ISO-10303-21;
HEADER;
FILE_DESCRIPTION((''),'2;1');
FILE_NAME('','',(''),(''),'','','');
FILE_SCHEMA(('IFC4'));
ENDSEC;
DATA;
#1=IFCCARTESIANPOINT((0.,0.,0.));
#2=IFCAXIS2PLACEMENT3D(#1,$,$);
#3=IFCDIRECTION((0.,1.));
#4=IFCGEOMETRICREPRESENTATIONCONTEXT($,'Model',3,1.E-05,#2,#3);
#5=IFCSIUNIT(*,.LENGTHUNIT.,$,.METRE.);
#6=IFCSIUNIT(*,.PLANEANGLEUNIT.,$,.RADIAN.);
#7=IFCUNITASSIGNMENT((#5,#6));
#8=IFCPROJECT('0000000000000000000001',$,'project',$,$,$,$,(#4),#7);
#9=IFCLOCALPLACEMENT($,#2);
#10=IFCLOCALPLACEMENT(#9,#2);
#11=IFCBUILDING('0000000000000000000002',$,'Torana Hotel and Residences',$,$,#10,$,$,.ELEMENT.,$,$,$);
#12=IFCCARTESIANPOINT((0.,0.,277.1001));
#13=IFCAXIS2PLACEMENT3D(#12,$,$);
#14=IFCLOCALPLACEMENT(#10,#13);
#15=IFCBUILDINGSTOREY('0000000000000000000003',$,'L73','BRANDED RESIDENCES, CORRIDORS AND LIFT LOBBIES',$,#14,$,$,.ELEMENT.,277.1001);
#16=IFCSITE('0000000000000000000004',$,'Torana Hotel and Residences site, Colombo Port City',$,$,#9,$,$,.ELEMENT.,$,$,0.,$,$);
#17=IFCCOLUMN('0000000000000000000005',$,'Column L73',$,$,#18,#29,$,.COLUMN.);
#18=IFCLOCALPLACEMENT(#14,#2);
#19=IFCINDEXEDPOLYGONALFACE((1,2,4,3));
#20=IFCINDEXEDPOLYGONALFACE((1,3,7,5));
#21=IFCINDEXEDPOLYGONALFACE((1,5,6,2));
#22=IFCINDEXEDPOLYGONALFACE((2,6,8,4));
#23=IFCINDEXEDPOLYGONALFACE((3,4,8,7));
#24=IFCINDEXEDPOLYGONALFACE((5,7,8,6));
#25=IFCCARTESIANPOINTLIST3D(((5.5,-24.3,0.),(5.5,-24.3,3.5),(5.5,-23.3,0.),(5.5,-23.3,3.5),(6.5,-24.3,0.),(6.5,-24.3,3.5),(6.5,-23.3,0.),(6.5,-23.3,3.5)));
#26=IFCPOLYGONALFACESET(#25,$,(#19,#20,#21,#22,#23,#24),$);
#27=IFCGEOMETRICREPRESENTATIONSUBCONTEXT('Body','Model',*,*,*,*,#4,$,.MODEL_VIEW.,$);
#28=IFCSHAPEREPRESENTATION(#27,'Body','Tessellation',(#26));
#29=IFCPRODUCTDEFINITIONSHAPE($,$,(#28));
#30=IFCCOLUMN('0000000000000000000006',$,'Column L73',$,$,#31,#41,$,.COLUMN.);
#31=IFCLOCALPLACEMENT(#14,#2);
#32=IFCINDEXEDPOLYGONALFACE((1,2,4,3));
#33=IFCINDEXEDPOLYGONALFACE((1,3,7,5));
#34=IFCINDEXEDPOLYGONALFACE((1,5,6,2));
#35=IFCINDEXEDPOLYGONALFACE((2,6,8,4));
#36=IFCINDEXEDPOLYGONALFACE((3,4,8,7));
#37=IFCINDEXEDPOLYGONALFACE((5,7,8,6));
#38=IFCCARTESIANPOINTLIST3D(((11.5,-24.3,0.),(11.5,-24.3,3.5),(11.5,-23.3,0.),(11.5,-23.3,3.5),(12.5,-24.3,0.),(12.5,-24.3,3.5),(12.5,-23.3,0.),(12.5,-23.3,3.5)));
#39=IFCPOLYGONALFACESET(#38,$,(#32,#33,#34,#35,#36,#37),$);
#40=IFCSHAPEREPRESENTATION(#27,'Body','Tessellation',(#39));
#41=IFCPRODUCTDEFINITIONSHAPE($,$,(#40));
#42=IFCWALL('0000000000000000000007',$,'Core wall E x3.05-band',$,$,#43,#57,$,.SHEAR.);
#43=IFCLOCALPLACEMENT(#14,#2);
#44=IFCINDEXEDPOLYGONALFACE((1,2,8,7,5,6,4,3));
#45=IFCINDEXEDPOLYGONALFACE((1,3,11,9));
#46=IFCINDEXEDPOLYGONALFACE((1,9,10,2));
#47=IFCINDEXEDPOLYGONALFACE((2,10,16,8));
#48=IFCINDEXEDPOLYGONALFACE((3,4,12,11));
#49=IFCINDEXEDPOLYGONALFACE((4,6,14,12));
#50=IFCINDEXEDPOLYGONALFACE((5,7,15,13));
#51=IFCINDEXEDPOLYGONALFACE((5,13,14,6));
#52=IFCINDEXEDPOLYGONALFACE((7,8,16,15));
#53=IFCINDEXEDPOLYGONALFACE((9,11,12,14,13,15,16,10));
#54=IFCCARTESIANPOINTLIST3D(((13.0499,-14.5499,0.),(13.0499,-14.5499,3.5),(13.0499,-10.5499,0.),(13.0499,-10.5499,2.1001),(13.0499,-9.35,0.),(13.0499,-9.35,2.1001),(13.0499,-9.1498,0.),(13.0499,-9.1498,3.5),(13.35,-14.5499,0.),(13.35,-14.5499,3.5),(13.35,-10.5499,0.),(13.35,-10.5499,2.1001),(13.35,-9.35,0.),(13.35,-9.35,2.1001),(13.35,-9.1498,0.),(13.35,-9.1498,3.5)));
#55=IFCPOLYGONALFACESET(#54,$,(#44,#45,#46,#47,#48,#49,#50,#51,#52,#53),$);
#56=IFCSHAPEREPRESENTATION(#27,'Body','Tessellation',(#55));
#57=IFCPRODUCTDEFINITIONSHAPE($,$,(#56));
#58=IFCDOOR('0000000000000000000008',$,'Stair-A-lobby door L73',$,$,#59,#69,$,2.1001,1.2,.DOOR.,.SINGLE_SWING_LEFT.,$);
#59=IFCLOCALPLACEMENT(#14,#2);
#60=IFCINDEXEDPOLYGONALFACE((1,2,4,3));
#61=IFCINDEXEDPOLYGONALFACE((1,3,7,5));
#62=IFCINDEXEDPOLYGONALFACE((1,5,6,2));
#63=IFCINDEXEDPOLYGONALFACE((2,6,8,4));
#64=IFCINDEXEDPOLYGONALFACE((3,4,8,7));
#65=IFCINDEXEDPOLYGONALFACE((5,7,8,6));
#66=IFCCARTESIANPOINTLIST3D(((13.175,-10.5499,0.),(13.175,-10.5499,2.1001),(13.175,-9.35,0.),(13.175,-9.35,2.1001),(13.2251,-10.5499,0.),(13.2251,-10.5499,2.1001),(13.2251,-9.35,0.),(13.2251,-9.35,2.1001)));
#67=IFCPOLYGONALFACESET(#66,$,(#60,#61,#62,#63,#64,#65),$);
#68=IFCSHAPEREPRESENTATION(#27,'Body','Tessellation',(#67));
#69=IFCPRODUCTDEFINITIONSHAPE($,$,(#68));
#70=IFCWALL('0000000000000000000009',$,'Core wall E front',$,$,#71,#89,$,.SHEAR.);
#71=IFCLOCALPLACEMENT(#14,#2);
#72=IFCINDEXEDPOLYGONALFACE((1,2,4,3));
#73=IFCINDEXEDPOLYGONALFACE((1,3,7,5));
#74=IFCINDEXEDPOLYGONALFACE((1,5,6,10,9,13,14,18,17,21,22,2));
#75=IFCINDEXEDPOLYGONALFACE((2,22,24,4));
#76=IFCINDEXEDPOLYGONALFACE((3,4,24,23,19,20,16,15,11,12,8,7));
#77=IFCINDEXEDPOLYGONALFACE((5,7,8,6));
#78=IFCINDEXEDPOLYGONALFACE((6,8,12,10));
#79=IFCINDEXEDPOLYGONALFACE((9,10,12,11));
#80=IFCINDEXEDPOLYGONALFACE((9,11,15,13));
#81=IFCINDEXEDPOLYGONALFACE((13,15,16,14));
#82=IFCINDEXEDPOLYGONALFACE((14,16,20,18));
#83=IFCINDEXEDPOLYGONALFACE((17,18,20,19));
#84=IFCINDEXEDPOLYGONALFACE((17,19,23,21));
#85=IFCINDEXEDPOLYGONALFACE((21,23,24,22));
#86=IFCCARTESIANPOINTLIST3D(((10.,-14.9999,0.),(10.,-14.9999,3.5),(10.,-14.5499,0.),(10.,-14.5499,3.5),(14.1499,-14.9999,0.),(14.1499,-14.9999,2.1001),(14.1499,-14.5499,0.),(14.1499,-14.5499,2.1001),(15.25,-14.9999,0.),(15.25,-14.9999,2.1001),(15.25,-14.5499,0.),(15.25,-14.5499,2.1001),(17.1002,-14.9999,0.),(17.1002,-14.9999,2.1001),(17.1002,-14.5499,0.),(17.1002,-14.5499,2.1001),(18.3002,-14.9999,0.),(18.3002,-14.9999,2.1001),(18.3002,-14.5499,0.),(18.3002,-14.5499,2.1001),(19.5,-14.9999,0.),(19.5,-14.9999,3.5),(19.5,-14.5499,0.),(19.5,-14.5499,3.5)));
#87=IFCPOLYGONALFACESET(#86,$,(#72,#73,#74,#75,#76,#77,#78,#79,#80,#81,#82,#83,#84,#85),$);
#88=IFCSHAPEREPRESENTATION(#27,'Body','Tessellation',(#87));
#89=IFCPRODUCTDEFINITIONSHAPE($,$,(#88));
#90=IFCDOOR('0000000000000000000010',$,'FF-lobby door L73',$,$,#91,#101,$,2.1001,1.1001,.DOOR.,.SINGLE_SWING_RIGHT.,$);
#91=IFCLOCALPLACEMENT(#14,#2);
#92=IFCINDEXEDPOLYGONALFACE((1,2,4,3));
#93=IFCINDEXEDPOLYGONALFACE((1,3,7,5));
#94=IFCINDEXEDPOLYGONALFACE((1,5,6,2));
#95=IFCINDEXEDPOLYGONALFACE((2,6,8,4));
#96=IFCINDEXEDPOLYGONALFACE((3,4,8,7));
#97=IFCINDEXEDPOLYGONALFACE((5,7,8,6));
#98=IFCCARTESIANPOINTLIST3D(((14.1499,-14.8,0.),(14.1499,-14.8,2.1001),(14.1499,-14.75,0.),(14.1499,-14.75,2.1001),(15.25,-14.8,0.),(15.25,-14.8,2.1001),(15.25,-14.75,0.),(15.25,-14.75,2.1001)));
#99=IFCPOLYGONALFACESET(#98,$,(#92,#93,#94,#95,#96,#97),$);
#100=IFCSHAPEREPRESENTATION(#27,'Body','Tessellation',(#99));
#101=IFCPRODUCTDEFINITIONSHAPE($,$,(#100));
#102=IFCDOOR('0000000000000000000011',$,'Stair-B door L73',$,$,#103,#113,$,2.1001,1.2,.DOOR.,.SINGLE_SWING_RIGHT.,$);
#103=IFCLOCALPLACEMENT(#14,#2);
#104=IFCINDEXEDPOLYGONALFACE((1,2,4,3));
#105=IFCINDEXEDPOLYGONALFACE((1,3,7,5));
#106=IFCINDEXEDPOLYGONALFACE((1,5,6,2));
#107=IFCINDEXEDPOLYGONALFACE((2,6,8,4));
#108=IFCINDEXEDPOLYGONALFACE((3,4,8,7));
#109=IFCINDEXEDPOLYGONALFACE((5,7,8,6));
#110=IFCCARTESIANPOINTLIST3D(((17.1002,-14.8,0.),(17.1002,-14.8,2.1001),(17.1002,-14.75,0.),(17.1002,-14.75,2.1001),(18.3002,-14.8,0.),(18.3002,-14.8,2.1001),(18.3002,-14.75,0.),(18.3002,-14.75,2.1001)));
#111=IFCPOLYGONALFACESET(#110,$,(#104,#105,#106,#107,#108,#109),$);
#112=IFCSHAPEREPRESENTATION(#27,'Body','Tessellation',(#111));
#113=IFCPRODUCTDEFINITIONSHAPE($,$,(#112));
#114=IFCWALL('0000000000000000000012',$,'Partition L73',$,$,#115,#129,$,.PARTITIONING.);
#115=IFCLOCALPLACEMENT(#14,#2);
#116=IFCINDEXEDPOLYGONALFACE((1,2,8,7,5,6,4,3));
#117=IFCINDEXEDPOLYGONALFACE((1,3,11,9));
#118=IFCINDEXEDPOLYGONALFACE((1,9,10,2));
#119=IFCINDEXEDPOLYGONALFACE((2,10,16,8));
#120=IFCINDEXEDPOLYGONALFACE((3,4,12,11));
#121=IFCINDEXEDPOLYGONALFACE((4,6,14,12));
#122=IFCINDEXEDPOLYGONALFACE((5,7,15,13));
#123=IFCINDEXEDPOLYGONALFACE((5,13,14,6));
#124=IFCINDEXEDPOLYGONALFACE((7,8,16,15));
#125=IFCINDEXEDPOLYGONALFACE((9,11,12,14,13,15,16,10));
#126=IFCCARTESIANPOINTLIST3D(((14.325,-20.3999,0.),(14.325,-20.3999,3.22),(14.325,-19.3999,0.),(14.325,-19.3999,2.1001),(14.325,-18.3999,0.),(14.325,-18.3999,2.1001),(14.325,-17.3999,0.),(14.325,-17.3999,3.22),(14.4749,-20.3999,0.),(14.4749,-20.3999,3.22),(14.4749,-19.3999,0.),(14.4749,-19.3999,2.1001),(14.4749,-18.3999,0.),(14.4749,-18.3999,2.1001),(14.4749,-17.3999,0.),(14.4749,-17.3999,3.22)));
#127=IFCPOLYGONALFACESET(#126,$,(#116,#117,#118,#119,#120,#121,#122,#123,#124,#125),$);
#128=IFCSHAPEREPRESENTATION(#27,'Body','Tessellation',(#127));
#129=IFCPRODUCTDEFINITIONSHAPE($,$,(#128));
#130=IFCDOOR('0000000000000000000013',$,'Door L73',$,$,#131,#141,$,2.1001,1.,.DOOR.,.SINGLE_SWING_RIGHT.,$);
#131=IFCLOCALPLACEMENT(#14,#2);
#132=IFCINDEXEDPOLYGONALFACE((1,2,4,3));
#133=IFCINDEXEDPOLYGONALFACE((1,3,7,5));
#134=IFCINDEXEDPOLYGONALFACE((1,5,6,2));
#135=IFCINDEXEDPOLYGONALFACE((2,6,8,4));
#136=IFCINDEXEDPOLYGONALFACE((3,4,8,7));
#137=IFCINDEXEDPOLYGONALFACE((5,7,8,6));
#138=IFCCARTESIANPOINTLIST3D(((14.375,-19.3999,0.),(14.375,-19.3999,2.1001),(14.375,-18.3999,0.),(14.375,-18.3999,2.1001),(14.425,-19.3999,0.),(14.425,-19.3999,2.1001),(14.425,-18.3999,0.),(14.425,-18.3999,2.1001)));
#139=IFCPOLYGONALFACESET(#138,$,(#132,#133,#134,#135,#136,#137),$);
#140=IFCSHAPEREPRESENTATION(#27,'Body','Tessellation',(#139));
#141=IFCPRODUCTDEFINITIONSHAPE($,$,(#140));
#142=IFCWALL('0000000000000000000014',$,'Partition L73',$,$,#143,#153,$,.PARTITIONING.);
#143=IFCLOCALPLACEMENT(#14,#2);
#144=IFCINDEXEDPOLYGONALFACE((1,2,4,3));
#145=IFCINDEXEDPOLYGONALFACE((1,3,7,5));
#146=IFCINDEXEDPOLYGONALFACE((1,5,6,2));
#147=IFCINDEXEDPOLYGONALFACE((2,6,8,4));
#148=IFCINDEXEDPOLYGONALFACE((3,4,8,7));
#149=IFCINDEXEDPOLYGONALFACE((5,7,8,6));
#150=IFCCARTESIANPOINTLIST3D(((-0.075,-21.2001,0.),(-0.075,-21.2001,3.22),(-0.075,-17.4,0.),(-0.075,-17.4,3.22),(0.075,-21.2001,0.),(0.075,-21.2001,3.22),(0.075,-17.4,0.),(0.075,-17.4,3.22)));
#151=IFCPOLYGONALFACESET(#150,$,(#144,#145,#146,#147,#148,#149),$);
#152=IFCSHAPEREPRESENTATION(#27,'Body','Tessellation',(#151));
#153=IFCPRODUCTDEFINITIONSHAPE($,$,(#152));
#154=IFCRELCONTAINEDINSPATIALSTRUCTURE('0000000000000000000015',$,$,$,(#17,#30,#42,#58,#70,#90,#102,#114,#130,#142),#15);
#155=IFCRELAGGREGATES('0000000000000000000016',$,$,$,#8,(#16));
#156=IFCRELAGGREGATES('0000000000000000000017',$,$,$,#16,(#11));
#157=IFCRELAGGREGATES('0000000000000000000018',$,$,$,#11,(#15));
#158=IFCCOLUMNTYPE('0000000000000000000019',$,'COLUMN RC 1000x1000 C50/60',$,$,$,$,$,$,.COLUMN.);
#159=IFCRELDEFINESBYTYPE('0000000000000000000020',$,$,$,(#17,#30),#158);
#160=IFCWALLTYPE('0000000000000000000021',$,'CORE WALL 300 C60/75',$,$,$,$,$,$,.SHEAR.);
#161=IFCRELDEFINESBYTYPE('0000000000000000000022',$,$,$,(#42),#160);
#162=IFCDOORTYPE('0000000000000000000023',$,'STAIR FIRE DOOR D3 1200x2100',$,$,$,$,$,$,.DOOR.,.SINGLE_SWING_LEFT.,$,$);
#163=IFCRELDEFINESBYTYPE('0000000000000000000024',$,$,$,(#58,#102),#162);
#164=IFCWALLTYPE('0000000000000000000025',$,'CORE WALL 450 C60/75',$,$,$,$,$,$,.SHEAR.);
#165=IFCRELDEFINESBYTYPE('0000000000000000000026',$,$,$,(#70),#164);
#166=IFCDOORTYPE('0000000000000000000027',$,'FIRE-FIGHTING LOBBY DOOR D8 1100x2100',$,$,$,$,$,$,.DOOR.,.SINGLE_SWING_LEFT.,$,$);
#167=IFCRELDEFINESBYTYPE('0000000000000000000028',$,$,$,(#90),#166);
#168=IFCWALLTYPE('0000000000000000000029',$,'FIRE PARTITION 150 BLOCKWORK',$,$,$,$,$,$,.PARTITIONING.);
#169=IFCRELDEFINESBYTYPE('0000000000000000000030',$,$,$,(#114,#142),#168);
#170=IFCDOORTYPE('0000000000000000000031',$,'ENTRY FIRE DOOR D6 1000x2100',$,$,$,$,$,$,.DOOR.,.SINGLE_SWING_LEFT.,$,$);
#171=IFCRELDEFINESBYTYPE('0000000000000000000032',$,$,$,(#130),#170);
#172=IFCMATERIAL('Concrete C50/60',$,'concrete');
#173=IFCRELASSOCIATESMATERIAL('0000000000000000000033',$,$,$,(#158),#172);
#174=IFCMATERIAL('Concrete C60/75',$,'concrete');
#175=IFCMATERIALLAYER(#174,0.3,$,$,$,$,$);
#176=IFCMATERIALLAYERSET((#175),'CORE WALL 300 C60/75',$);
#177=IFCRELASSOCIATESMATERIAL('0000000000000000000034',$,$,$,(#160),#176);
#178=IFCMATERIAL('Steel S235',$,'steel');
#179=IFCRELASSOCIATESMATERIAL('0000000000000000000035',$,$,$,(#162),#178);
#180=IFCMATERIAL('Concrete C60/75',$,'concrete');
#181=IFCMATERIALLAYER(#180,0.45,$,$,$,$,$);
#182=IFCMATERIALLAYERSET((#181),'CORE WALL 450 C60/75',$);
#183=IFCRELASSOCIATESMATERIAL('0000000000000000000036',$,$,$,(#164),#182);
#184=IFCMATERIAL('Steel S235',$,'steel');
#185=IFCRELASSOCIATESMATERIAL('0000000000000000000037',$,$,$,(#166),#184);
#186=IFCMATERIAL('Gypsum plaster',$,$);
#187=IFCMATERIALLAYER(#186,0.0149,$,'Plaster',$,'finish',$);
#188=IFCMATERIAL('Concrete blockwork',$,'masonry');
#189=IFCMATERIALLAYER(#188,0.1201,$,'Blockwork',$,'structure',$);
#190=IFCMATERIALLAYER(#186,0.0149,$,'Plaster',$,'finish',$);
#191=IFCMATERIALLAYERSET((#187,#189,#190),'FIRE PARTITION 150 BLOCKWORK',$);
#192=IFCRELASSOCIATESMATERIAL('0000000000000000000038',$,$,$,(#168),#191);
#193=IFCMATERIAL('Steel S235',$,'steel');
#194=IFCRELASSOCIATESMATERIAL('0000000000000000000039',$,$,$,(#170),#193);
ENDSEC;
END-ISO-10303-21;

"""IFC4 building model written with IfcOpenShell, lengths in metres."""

from ifc_helpers import new_model, si_unit, direction, frame, frame_2d, origin, origin_2d, place, context, subcontext, project, spatial, rectangle, extrude, material, layer, layer_set, material_profile, profile_set, type_object, element, fill, save


model = new_model("IFC4")

# Units and contexts
model_context = context("Model", 3, precision=1e-05, world=origin(), true_north=direction((0.0, 1.0)))
body_context = subcontext(model_context, "Body", "Model", "MODEL_VIEW")
ifc_project = project(units=[si_unit("LENGTHUNIT", "METRE"), si_unit("PLANEANGLEUNIT", "RADIAN")], contexts=[model_context])

# Site, building, storey
site_placement = place(None, origin())
site = spatial("IfcSite", under=ifc_project, at=site_placement, Name="Torana Hotel and Residences site, Colombo Port City", CompositionType="ELEMENT", RefElevation=0.0)
building_placement = place(site_placement, origin())
building = spatial("IfcBuilding", under=site, at=building_placement, Name="Torana Hotel and Residences", CompositionType="ELEMENT")
storey_placement = place(building_placement, frame((0.0, 0.0, 277.1001)))
storey = spatial("IfcBuildingStorey", under=building, at=storey_placement, Name="L73", Description="BRANDED RESIDENCES, CORRIDORS AND LIFT LOBBIES", CompositionType="ELEMENT", Elevation=277.1001)

# Columns
ifc_material_1 = material(Name="Concrete C50/60", Category="concrete")
ifc_material_profile = material_profile(ifc_material_1, rectangle(XDim=1.0, YDim=1.0, at=origin_2d()), Name="RC 1000x1000")
ifc_profile_set = profile_set([ifc_material_profile], Name="Concrete C50/60")
column_type = type_object("IfcColumnType", Name="COLUMN RC 1000x1000 C50/60", PredefinedType="COLUMN", material=ifc_profile_set)
for number, where, z_axis, x_axis, name in (
    (1, (6.0, -23.8, 0.0), (0.0, 0.0, 1.0), (1.0, 0.0, 0.0), "Column L73"),
    (2, (12.0, -23.8, 0.0), (0.0, 0.0, 1.0), (1.0, 0.0, 0.0), "Column L73"),
):
    element("IfcColumn", number, at=place(storey_placement, frame(where, z_axis=z_axis, x_axis=x_axis)), inside=storey, type_object=column_type, Name=name, PredefinedType="COLUMN", context=body_context, shape_type="SweptSolid", body=[
        extrude(rectangle(XDim=1.0, YDim=1.0, at=origin_2d()), origin(), (0.0, 0.0, 1.0), 3.5),
    ])

# Wall, opening, door
ifc_material_2 = material(Name="Concrete C60/75", Category="concrete")
ifc_layer_1 = layer(ifc_material_2, 0.3)
ifc_layer_set_1 = layer_set([ifc_layer_1], Name="CORE WALL 300 C60/75")
wall_type_1 = type_object("IfcWallType", Name="CORE WALL 300 C60/75", PredefinedType="SHEAR", material=ifc_layer_set_1)
wall_1_placement = place(storey_placement, frame((13.2, -14.55, 0.0), z_axis=(0.0, 0.0, 1.0), x_axis=(0.0, 1.0, 0.0)))
wall_1 = element("IfcWall", 3, at=wall_1_placement, inside=storey, type_object=wall_type_1, Name="Core wall E x3.05-band", PredefinedType="SHEAR", context=body_context, shape_type="SweptSolid", body=[
    extrude(rectangle(XDim=5.4001, YDim=0.3, at=frame_2d((2.7002, 0.0))), origin(), (0.0, 0.0, 1.0), 3.5),
])
opening_1_placement = place(wall_1_placement, frame((4.0, 0.0, 0.0)))
opening_1 = element("IfcOpeningElement", 4, at=opening_1_placement, cuts=wall_1, PredefinedType="OPENING", context=body_context, shape_type="SweptSolid", body=[
    extrude(rectangle(XDim=1.2, YDim=2.1001, at=frame_2d((0.6001, 1.05))), frame((0.0, 0.1599, 0.0), z_axis=(0.0, -1.0, 0.0), x_axis=(1.0, 0.0, 0.0)), (0.0, 0.0, 1.0), 0.3201),
])
ifc_material_3 = material(Name="Steel S235", Category="steel")
door_type_1 = type_object("IfcDoorType", Name="STAIR FIRE DOOR D3 1200x2100", OperationType="SINGLE_SWING_LEFT", PredefinedType="DOOR", material=ifc_material_3)
door_1_placement = place(opening_1_placement, origin())
door_1 = element("IfcDoor", 5, at=door_1_placement, inside=storey, type_object=door_type_1, Name="Stair-A-lobby door L73", OperationType="SINGLE_SWING_LEFT", OverallHeight=2.1001, OverallWidth=1.2, PredefinedType="DOOR", context=body_context, shape_type="SweptSolid", body=[
    extrude(rectangle(XDim=1.2, YDim=2.1001, at=frame_2d((0.6001, 1.05))), frame((0.0, 0.0249, 0.0), z_axis=(0.0, -1.0, 0.0), x_axis=(1.0, 0.0, 0.0)), (0.0, 0.0, 1.0), 0.05),
])
fill(opening_1, door_1)

# Wall, openings, doors
ifc_material_4 = material(Name="Concrete C60/75", Category="concrete")
ifc_layer_2 = layer(ifc_material_4, 0.45)
ifc_layer_set_2 = layer_set([ifc_layer_2], Name="CORE WALL 450 C60/75")
wall_type_2 = type_object("IfcWallType", Name="CORE WALL 450 C60/75", PredefinedType="SHEAR", material=ifc_layer_set_2)
wall_2_placement = place(storey_placement, frame((10.0, -14.7749, 0.0), z_axis=(0.0, 0.0, 1.0), x_axis=(1.0, 0.0, 0.0)))
wall_2 = element("IfcWall", 6, at=wall_2_placement, inside=storey, type_object=wall_type_2, Name="Core wall E front", PredefinedType="SHEAR", context=body_context, shape_type="SweptSolid", body=[
    extrude(rectangle(XDim=9.5, YDim=0.45, at=frame_2d((4.75, 0.0))), origin(), (0.0, 0.0, 1.0), 3.5),
])
opening_2_placement = place(wall_2_placement, frame((7.1001, 0.0, 0.0)))
opening_2 = element("IfcOpeningElement", 7, at=opening_2_placement, cuts=wall_2, PredefinedType="OPENING", context=body_context, shape_type="SweptSolid", body=[
    extrude(rectangle(XDim=1.2, YDim=2.1001, at=frame_2d((0.6001, 1.05))), frame((0.0, 0.2349, 0.0), z_axis=(0.0, -1.0, 0.0), x_axis=(1.0, 0.0, 0.0)), (0.0, 0.0, 1.0), 0.47),
])
opening_3_placement = place(wall_2_placement, frame((4.1499, 0.0, 0.0)))
opening_3 = element("IfcOpeningElement", 8, at=opening_3_placement, cuts=wall_2, PredefinedType="OPENING", context=body_context, shape_type="SweptSolid", body=[
    extrude(rectangle(XDim=1.1001, YDim=2.1001, at=frame_2d((0.55, 1.05))), frame((0.0, 0.2349, 0.0), z_axis=(0.0, -1.0, 0.0), x_axis=(1.0, 0.0, 0.0)), (0.0, 0.0, 1.0), 0.47),
])
ifc_material_5 = material(Name="Steel S235", Category="steel")
door_type_2 = type_object("IfcDoorType", Name="FIRE-FIGHTING LOBBY DOOR D8 1100x2100", OperationType="SINGLE_SWING_LEFT", PredefinedType="DOOR", material=ifc_material_5)
door_2_placement = place(opening_3_placement, origin())
door_2 = element("IfcDoor", 9, at=door_2_placement, inside=storey, type_object=door_type_2, Name="FF-lobby door L73", OperationType="SINGLE_SWING_RIGHT", OverallHeight=2.1001, OverallWidth=1.1001, PredefinedType="DOOR", context=body_context, shape_type="SweptSolid", body=[
    extrude(rectangle(XDim=1.1001, YDim=2.1001, at=frame_2d((0.55, 1.05))), frame((0.0, 0.0249, 0.0), z_axis=(0.0, -1.0, 0.0), x_axis=(1.0, 0.0, 0.0)), (0.0, 0.0, 1.0), 0.05),
])
fill(opening_3, door_2)
door_3_placement = place(opening_2_placement, origin())
door_3 = element("IfcDoor", 10, at=door_3_placement, inside=storey, type_object=door_type_1, Name="Stair-B door L73", OperationType="SINGLE_SWING_RIGHT", OverallHeight=2.1001, OverallWidth=1.2, PredefinedType="DOOR", context=body_context, shape_type="SweptSolid", body=[
    extrude(rectangle(XDim=1.2, YDim=2.1001, at=frame_2d((0.6001, 1.05))), frame((0.0, 0.0249, 0.0), z_axis=(0.0, -1.0, 0.0), x_axis=(1.0, 0.0, 0.0)), (0.0, 0.0, 1.0), 0.05),
])
fill(opening_2, door_3)

# Wall, opening, door
ifc_material_6 = material(Name="Gypsum plaster")
ifc_layer_3 = layer(ifc_material_6, 0.0149, Name="Plaster", Category="finish")
ifc_material_7 = material(Name="Concrete blockwork", Category="masonry")
ifc_layer_4 = layer(ifc_material_7, 0.1201, Name="Blockwork", Category="structure")
ifc_layer_5 = layer(ifc_material_6, 0.0149, Name="Plaster", Category="finish")
ifc_layer_set_3 = layer_set([ifc_layer_3, ifc_layer_4, ifc_layer_5], Name="FIRE PARTITION 150 BLOCKWORK")
wall_type_3 = type_object("IfcWallType", Name="FIRE PARTITION 150 BLOCKWORK", PredefinedType="PARTITIONING", material=ifc_layer_set_3)
wall_3_placement = place(storey_placement, frame((14.3999, -20.3999, 0.0), z_axis=(0.0, 0.0, 1.0), x_axis=(0.0, 1.0, 0.0)))
wall_3 = element("IfcWall", 11, at=wall_3_placement, inside=storey, type_object=wall_type_3, Name="Partition L73", PredefinedType="PARTITIONING", context=body_context, shape_type="SweptSolid", body=[
    extrude(rectangle(XDim=3.0, YDim=0.1499, at=frame_2d((1.5, 0.0))), origin(), (0.0, 0.0, 1.0), 3.22),
])
opening_4_placement = place(wall_3_placement, frame((1.0, 0.0, 0.0)))
opening_4 = element("IfcOpeningElement", 12, at=opening_4_placement, cuts=wall_3, PredefinedType="OPENING", context=body_context, shape_type="SweptSolid", body=[
    extrude(rectangle(XDim=1.0, YDim=2.1001, at=frame_2d((0.5, 1.05))), frame((0.0, 0.085, 0.0), z_axis=(0.0, -1.0, 0.0), x_axis=(1.0, 0.0, 0.0)), (0.0, 0.0, 1.0), 0.1699),
])
ifc_material_8 = material(Name="Steel S235", Category="steel")
door_type_3 = type_object("IfcDoorType", Name="ENTRY FIRE DOOR D6 1000x2100", OperationType="SINGLE_SWING_LEFT", PredefinedType="DOOR", material=ifc_material_8)
door_4_placement = place(opening_4_placement, origin())
door_4 = element("IfcDoor", 13, at=door_4_placement, inside=storey, type_object=door_type_3, Name="Door L73", OperationType="SINGLE_SWING_RIGHT", OverallHeight=2.1001, OverallWidth=1.0, PredefinedType="DOOR", context=body_context, shape_type="SweptSolid", body=[
    extrude(rectangle(XDim=1.0, YDim=2.1001, at=frame_2d((0.5, 1.05))), frame((0.0, 0.0249, 0.0), z_axis=(0.0, -1.0, 0.0), x_axis=(1.0, 0.0, 0.0)), (0.0, 0.0, 1.0), 0.05),
])
fill(opening_4, door_4)

# Wall
wall_4_placement = place(storey_placement, frame((0.0, -21.2, 0.0), z_axis=(0.0, 0.0, 1.0), x_axis=(0.0, 1.0, 0.0)))
element("IfcWall", 14, at=wall_4_placement, inside=storey, type_object=wall_type_3, Name="Partition L73", PredefinedType="PARTITIONING", context=body_context, shape_type="SweptSolid", body=[
    extrude(rectangle(XDim=3.8, YDim=0.1499, at=frame_2d((1.8999, 0.0))), origin(), (0.0, 0.0, 1.0), 3.22),
])

save(model, "model.ifc")
